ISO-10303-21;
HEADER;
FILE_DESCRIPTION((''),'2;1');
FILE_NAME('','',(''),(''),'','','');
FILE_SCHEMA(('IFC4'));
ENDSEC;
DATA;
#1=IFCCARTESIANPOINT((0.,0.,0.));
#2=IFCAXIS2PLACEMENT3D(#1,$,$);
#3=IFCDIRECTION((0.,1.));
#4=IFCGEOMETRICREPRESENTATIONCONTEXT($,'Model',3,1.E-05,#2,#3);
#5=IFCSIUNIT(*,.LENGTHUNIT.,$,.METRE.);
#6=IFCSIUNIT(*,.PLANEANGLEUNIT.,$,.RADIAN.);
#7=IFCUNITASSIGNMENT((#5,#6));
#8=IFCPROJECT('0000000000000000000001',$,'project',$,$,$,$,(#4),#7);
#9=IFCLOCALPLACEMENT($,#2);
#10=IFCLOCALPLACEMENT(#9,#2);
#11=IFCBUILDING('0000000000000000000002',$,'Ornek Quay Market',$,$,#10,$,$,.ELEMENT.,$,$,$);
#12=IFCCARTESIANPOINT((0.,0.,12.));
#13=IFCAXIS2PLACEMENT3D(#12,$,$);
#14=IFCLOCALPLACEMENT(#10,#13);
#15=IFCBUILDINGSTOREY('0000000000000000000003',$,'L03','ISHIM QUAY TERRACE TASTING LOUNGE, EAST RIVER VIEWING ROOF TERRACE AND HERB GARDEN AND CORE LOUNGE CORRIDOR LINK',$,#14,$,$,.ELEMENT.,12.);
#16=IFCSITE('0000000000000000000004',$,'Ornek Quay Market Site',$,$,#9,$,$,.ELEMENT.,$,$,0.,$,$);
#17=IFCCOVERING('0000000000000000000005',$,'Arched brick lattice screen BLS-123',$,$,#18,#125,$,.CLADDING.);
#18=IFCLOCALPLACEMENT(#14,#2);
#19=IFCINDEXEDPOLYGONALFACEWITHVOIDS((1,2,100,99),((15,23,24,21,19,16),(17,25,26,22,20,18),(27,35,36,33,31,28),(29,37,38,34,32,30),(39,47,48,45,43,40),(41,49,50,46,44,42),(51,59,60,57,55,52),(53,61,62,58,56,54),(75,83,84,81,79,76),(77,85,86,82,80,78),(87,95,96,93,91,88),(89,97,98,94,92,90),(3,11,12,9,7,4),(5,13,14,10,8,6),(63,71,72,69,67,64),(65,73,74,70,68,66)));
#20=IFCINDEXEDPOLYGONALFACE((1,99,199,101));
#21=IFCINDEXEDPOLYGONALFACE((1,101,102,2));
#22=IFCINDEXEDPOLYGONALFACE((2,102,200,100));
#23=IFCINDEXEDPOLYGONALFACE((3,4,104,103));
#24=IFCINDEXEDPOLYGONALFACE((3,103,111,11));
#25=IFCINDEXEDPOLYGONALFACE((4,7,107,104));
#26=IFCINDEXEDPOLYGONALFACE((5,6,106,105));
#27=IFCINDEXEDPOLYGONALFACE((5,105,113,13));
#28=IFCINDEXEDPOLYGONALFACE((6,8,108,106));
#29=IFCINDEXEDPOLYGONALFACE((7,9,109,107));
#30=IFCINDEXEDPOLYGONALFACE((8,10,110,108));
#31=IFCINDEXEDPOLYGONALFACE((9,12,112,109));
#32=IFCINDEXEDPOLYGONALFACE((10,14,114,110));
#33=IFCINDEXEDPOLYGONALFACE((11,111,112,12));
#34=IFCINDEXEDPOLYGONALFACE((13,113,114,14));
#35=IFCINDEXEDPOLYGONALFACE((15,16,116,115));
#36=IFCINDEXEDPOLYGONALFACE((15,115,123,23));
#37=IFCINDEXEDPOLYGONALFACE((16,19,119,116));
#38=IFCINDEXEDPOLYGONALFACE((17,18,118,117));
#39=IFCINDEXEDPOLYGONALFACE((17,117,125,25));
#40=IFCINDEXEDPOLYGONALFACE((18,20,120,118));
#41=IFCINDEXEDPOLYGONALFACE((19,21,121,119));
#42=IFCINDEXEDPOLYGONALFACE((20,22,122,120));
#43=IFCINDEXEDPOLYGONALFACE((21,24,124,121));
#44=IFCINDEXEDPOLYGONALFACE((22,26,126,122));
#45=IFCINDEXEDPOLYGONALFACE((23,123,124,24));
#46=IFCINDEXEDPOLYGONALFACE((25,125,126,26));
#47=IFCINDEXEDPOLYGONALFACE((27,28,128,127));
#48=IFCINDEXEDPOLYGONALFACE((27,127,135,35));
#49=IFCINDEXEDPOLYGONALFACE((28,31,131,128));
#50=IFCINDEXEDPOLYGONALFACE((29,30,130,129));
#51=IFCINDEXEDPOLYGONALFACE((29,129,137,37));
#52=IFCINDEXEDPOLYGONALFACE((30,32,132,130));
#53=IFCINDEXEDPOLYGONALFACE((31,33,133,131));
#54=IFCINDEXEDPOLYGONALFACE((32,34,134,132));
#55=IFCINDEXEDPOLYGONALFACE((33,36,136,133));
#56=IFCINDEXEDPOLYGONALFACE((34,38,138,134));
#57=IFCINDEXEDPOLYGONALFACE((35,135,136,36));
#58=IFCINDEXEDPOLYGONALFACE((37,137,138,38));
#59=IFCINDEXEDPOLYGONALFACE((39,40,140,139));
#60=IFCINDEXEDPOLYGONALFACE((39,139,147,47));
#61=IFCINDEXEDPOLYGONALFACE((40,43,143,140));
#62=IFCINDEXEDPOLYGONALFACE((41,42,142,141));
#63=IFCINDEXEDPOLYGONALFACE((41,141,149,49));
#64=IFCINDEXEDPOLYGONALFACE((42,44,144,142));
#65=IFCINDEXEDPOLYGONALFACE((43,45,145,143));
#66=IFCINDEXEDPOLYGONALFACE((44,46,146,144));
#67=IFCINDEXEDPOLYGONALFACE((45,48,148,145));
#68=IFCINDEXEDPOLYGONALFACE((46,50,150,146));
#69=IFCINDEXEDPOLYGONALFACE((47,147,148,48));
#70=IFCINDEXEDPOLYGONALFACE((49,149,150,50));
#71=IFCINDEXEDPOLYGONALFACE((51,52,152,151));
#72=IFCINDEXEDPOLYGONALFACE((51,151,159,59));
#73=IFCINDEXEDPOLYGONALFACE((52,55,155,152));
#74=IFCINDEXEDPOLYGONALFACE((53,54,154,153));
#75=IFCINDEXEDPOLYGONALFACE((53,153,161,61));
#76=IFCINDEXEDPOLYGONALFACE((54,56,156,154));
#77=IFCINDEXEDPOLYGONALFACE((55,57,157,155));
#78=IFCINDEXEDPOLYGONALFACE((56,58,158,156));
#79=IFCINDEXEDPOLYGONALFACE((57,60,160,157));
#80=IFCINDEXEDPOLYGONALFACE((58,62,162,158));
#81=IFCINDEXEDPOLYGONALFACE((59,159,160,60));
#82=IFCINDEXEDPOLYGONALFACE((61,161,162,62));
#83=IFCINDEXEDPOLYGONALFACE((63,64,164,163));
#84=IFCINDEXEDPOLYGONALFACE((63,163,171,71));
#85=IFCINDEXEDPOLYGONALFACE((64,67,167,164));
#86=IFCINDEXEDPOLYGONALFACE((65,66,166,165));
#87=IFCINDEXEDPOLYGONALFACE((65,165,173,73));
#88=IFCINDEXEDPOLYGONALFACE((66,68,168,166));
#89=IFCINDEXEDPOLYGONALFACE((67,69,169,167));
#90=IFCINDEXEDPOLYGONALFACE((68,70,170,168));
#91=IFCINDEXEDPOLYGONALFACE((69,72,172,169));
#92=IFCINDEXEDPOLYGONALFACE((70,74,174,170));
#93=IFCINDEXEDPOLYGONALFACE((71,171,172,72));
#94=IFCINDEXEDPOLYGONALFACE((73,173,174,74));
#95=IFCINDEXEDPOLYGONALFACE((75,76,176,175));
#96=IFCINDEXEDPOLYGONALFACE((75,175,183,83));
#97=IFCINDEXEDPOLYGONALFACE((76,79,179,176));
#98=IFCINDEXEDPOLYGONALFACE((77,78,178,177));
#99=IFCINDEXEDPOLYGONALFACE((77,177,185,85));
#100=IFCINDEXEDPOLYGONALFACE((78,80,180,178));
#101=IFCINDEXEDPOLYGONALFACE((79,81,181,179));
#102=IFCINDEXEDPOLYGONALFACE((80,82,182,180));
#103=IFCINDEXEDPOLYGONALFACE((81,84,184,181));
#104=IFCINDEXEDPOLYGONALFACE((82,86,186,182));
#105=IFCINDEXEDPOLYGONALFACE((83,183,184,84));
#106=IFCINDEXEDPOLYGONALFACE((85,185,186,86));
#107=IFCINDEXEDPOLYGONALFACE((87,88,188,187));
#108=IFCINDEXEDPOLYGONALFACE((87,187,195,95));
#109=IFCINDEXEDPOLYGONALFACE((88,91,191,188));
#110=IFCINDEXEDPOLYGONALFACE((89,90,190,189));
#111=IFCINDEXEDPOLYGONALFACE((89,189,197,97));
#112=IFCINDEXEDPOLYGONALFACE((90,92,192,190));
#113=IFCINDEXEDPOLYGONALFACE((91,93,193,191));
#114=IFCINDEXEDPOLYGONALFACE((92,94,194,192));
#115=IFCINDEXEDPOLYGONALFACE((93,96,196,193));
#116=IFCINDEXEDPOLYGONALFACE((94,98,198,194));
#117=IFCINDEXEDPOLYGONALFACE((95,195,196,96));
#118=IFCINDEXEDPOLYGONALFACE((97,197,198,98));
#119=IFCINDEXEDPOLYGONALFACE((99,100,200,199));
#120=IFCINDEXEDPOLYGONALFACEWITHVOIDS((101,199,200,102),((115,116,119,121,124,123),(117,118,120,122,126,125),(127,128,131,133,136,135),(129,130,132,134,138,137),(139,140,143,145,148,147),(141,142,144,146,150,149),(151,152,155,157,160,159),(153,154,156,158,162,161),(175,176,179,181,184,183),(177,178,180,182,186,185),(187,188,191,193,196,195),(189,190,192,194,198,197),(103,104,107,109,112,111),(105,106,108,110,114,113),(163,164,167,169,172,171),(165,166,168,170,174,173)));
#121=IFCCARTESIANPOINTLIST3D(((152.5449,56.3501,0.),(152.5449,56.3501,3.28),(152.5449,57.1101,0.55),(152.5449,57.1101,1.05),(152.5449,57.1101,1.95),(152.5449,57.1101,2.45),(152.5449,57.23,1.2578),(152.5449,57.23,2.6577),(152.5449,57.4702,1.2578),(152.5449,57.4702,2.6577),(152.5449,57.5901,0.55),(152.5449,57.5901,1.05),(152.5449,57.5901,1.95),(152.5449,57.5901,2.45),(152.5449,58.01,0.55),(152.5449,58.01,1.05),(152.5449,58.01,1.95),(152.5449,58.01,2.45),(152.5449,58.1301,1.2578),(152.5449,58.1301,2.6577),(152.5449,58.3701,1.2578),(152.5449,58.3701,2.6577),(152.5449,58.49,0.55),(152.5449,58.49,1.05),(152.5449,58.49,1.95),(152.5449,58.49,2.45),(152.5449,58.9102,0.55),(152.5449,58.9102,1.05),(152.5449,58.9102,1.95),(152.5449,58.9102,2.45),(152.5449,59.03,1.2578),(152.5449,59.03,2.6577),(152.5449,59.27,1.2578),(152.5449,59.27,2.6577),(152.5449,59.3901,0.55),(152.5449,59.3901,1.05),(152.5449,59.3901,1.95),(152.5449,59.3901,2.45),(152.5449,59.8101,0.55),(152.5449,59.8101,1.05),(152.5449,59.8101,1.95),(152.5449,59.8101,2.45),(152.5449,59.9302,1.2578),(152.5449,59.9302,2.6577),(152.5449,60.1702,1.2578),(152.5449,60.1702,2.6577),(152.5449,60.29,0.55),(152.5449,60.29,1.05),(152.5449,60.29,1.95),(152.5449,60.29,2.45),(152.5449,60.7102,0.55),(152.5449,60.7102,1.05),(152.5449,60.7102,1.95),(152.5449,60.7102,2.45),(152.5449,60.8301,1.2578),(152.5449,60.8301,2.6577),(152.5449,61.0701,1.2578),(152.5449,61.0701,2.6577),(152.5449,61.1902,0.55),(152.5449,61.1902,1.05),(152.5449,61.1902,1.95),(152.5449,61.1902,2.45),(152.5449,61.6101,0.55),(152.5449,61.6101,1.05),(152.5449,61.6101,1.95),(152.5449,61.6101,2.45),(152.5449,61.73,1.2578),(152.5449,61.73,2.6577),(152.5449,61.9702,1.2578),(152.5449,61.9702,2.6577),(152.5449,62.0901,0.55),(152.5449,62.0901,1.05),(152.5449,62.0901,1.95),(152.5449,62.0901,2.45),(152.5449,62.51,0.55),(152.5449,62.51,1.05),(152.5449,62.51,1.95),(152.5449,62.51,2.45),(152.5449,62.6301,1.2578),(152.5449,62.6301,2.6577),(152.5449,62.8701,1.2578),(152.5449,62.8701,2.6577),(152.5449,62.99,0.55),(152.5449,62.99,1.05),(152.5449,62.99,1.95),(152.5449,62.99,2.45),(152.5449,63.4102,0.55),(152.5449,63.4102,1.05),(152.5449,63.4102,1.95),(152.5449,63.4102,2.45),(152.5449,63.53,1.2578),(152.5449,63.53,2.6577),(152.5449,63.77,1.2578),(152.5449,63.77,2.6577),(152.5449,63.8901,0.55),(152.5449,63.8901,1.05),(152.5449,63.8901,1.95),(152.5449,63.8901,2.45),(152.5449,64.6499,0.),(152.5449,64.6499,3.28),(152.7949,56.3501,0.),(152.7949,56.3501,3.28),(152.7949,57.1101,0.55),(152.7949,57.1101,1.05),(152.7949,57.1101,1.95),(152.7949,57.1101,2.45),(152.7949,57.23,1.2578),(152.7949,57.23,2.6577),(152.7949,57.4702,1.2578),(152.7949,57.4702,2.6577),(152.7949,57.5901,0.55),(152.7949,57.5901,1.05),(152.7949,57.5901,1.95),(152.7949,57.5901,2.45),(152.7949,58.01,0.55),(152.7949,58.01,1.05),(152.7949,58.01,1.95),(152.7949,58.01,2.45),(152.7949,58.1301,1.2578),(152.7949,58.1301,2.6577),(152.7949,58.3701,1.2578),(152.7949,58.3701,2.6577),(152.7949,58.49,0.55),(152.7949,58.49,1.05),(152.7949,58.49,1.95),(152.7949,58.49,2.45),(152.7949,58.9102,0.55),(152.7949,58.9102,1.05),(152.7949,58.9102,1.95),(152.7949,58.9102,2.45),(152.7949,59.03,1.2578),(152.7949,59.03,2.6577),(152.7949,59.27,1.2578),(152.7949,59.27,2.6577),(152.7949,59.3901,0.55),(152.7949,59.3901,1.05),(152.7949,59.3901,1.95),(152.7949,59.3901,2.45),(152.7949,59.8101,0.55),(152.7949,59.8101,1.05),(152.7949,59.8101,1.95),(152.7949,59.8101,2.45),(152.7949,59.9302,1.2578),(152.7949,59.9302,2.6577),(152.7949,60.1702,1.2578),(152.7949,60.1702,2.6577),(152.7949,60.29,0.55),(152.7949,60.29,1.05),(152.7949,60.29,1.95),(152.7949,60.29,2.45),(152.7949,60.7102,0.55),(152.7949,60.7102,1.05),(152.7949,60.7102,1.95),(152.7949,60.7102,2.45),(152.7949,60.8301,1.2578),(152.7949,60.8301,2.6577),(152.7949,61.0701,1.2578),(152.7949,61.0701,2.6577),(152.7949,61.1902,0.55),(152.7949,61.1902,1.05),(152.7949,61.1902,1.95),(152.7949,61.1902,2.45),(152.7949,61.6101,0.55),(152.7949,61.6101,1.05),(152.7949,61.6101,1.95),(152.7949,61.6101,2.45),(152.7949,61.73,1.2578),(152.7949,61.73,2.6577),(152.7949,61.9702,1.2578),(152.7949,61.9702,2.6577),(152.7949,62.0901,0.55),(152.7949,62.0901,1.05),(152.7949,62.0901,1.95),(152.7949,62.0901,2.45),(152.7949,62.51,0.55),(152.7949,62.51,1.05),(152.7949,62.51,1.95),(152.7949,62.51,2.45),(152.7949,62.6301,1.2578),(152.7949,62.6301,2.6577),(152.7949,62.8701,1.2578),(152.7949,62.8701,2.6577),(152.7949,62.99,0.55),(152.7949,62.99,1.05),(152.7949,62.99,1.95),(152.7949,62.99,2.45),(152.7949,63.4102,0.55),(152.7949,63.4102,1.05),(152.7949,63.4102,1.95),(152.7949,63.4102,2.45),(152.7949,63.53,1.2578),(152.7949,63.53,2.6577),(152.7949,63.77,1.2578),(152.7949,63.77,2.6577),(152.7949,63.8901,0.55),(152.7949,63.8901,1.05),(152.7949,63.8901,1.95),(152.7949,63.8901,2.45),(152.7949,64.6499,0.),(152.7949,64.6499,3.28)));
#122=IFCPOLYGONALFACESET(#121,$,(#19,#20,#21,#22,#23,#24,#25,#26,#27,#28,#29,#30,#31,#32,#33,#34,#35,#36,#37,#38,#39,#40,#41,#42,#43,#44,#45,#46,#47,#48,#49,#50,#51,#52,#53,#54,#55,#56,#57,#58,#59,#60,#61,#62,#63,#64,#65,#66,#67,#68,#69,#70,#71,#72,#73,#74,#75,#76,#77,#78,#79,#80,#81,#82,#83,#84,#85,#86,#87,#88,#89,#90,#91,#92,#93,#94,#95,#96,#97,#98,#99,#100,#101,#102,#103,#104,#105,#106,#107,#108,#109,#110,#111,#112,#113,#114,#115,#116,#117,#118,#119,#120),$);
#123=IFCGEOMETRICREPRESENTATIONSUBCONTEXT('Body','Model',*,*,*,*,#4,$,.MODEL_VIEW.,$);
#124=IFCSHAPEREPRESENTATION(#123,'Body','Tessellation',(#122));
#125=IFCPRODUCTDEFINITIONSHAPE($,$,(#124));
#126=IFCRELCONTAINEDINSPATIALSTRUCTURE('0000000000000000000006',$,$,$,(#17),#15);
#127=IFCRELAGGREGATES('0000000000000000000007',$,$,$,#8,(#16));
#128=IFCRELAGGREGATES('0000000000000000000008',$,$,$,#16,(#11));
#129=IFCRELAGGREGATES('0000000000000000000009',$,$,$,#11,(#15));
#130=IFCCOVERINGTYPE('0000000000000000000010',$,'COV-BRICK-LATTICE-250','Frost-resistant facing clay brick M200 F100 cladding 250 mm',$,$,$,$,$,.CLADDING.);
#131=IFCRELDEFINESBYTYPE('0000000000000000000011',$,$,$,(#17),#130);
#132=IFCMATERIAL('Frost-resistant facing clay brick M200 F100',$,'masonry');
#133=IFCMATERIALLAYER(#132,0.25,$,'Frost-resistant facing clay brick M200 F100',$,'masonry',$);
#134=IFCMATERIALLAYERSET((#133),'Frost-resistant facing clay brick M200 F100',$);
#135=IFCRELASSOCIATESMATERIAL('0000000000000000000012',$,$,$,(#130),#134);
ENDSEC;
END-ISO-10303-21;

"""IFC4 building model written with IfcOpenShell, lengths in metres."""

from ifc_helpers import new_model, si_unit, direction, frame, origin, place, context, subcontext, project, spatial, polyline, outline, extrude, material, layer, layer_set, type_object, element, save


model = new_model("IFC4")

# Units and contexts
model_context = context("Model", 3, precision=1e-05, world=origin(), true_north=direction((0.0, 1.0)))
body_context = subcontext(model_context, "Body", "Model", "MODEL_VIEW")
ifc_project = project(units=[si_unit("LENGTHUNIT", "METRE"), si_unit("PLANEANGLEUNIT", "RADIAN")], contexts=[model_context])

# Site, building, storey
site_placement = place(None, origin())
site = spatial("IfcSite", under=ifc_project, at=site_placement, Name="Ornek Quay Market Site", CompositionType="ELEMENT", RefElevation=0.0)
building_placement = place(site_placement, origin())
building = spatial("IfcBuilding", under=site, at=building_placement, Name="Ornek Quay Market", CompositionType="ELEMENT")
storey_placement = place(building_placement, frame((0.0, 0.0, 12.0)))
storey = spatial("IfcBuildingStorey", under=building, at=storey_placement, Name="L03", Description="ISHIM QUAY TERRACE TASTING LOUNGE, EAST RIVER VIEWING ROOF TERRACE AND HERB GARDEN AND CORE LOUNGE CORRIDOR LINK", CompositionType="ELEMENT", Elevation=12.0)

# Covering
ifc_material_1 = material(Name="Frost-resistant facing clay brick M200 F100", Category="masonry")
ifc_layer_1 = layer(ifc_material_1, 0.25, Name="Frost-resistant facing clay brick M200 F100", Category="masonry")
ifc_layer_set_1 = layer_set([ifc_layer_1], Name="Frost-resistant facing clay brick M200 F100")
covering_type = type_object("IfcCoveringType", Name="COV-BRICK-LATTICE-250", Description="Frost-resistant facing clay brick M200 F100 cladding 250 mm", PredefinedType="CLADDING", material=ifc_layer_set_1)
covering_placement = place(storey_placement, frame((152.6699, 56.3501, 0.0), z_axis=(0.0, 0.0, 1.0), x_axis=(0.0, 1.0, 0.0)))
element("IfcCovering", 1, at=covering_placement, inside=storey, type_object=covering_type, Name="Arched brick lattice screen BLS-123", PredefinedType="CLADDING", context=body_context, shape_type="SweptSolid", body=[
    extrude(outline(polyline([(0.0, 0.0), (8.2998, 0.0), (8.2998, 3.28), (0.0, 3.28), (0.0, 0.0)]), holes=[polyline([(0.76, 0.55), (1.24, 0.55), (1.24, 1.05), (1.1201, 1.2578), (0.8799, 1.2578), (0.76, 1.05), (0.76, 0.55)]), polyline([(0.76, 1.95), (1.24, 1.95), (1.24, 2.45), (1.1201, 2.6577), (0.8799, 2.6577), (0.76, 2.45), (0.76, 1.95)]), polyline([(1.6599, 0.55), (2.1399, 0.55), (2.1399, 1.05), (2.02, 1.2578), (1.78, 1.2578), (1.6599, 1.05), (1.6599, 0.55)]), polyline([(1.6599, 1.95), (2.1399, 1.95), (2.1399, 2.45), (2.02, 2.6577), (1.78, 2.6577), (1.6599, 2.45), (1.6599, 1.95)]), polyline([(2.5601, 0.55), (3.04, 0.55), (3.04, 1.05), (2.9199, 1.2578), (2.6799, 1.2578), (2.5601, 1.05), (2.5601, 0.55)]), polyline([(2.5601, 1.95), (3.04, 1.95), (3.04, 2.45), (2.9199, 2.6577), (2.6799, 2.6577), (2.5601, 2.45), (2.5601, 1.95)]), polyline([(3.46, 0.55), (3.9399, 0.55), (3.9399, 1.05), (3.8201, 1.2578), (3.5801, 1.2578), (3.46, 1.05), (3.46, 0.55)]), polyline([(3.46, 1.95), (3.9399, 1.95), (3.9399, 2.45), (3.8201, 2.6577), (3.5801, 2.6577), (3.46, 2.45), (3.46, 1.95)]), polyline([(4.3601, 0.55), (4.8401, 0.55), (4.8401, 1.05), (4.72, 1.2578), (4.48, 1.2578), (4.3601, 1.05), (4.3601, 0.55)]), polyline([(4.3601, 1.95), (4.8401, 1.95), (4.8401, 2.45), (4.72, 2.6577), (4.48, 2.6577), (4.3601, 2.45), (4.3601, 1.95)]), polyline([(5.26, 0.55), (5.74, 0.55), (5.74, 1.05), (5.6201, 1.2578), (5.3799, 1.2578), (5.26, 1.05), (5.26, 0.55)]), polyline([(5.26, 1.95), (5.74, 1.95), (5.74, 2.45), (5.6201, 2.6577), (5.3799, 2.6577), (5.26, 2.45), (5.26, 1.95)]), polyline([(6.1599, 0.55), (6.6399, 0.55), (6.6399, 1.05), (6.52, 1.2578), (6.28, 1.2578), (6.1599, 1.05), (6.1599, 0.55)]), polyline([(6.1599, 1.95), (6.6399, 1.95), (6.6399, 2.45), (6.52, 2.6577), (6.28, 2.6577), (6.1599, 2.45), (6.1599, 1.95)]), polyline([(7.0601, 0.55), (7.54, 0.55), (7.54, 1.05), (7.4199, 1.2578), (7.1799, 1.2578), (7.0601, 1.05), (7.0601, 0.55)]), polyline([(7.0601, 1.95), (7.54, 1.95), (7.54, 2.45), (7.4199, 2.6577), (7.1799, 2.6577), (7.0601, 2.45), (7.0601, 1.95)])]), frame((0.0, 0.125, 0.0), z_axis=(0.0, -1.0, 0.0), x_axis=(1.0, 0.0, 0.0)), (0.0, 0.0, 1.0), 0.25),
])

save(model, "model.ifc")
